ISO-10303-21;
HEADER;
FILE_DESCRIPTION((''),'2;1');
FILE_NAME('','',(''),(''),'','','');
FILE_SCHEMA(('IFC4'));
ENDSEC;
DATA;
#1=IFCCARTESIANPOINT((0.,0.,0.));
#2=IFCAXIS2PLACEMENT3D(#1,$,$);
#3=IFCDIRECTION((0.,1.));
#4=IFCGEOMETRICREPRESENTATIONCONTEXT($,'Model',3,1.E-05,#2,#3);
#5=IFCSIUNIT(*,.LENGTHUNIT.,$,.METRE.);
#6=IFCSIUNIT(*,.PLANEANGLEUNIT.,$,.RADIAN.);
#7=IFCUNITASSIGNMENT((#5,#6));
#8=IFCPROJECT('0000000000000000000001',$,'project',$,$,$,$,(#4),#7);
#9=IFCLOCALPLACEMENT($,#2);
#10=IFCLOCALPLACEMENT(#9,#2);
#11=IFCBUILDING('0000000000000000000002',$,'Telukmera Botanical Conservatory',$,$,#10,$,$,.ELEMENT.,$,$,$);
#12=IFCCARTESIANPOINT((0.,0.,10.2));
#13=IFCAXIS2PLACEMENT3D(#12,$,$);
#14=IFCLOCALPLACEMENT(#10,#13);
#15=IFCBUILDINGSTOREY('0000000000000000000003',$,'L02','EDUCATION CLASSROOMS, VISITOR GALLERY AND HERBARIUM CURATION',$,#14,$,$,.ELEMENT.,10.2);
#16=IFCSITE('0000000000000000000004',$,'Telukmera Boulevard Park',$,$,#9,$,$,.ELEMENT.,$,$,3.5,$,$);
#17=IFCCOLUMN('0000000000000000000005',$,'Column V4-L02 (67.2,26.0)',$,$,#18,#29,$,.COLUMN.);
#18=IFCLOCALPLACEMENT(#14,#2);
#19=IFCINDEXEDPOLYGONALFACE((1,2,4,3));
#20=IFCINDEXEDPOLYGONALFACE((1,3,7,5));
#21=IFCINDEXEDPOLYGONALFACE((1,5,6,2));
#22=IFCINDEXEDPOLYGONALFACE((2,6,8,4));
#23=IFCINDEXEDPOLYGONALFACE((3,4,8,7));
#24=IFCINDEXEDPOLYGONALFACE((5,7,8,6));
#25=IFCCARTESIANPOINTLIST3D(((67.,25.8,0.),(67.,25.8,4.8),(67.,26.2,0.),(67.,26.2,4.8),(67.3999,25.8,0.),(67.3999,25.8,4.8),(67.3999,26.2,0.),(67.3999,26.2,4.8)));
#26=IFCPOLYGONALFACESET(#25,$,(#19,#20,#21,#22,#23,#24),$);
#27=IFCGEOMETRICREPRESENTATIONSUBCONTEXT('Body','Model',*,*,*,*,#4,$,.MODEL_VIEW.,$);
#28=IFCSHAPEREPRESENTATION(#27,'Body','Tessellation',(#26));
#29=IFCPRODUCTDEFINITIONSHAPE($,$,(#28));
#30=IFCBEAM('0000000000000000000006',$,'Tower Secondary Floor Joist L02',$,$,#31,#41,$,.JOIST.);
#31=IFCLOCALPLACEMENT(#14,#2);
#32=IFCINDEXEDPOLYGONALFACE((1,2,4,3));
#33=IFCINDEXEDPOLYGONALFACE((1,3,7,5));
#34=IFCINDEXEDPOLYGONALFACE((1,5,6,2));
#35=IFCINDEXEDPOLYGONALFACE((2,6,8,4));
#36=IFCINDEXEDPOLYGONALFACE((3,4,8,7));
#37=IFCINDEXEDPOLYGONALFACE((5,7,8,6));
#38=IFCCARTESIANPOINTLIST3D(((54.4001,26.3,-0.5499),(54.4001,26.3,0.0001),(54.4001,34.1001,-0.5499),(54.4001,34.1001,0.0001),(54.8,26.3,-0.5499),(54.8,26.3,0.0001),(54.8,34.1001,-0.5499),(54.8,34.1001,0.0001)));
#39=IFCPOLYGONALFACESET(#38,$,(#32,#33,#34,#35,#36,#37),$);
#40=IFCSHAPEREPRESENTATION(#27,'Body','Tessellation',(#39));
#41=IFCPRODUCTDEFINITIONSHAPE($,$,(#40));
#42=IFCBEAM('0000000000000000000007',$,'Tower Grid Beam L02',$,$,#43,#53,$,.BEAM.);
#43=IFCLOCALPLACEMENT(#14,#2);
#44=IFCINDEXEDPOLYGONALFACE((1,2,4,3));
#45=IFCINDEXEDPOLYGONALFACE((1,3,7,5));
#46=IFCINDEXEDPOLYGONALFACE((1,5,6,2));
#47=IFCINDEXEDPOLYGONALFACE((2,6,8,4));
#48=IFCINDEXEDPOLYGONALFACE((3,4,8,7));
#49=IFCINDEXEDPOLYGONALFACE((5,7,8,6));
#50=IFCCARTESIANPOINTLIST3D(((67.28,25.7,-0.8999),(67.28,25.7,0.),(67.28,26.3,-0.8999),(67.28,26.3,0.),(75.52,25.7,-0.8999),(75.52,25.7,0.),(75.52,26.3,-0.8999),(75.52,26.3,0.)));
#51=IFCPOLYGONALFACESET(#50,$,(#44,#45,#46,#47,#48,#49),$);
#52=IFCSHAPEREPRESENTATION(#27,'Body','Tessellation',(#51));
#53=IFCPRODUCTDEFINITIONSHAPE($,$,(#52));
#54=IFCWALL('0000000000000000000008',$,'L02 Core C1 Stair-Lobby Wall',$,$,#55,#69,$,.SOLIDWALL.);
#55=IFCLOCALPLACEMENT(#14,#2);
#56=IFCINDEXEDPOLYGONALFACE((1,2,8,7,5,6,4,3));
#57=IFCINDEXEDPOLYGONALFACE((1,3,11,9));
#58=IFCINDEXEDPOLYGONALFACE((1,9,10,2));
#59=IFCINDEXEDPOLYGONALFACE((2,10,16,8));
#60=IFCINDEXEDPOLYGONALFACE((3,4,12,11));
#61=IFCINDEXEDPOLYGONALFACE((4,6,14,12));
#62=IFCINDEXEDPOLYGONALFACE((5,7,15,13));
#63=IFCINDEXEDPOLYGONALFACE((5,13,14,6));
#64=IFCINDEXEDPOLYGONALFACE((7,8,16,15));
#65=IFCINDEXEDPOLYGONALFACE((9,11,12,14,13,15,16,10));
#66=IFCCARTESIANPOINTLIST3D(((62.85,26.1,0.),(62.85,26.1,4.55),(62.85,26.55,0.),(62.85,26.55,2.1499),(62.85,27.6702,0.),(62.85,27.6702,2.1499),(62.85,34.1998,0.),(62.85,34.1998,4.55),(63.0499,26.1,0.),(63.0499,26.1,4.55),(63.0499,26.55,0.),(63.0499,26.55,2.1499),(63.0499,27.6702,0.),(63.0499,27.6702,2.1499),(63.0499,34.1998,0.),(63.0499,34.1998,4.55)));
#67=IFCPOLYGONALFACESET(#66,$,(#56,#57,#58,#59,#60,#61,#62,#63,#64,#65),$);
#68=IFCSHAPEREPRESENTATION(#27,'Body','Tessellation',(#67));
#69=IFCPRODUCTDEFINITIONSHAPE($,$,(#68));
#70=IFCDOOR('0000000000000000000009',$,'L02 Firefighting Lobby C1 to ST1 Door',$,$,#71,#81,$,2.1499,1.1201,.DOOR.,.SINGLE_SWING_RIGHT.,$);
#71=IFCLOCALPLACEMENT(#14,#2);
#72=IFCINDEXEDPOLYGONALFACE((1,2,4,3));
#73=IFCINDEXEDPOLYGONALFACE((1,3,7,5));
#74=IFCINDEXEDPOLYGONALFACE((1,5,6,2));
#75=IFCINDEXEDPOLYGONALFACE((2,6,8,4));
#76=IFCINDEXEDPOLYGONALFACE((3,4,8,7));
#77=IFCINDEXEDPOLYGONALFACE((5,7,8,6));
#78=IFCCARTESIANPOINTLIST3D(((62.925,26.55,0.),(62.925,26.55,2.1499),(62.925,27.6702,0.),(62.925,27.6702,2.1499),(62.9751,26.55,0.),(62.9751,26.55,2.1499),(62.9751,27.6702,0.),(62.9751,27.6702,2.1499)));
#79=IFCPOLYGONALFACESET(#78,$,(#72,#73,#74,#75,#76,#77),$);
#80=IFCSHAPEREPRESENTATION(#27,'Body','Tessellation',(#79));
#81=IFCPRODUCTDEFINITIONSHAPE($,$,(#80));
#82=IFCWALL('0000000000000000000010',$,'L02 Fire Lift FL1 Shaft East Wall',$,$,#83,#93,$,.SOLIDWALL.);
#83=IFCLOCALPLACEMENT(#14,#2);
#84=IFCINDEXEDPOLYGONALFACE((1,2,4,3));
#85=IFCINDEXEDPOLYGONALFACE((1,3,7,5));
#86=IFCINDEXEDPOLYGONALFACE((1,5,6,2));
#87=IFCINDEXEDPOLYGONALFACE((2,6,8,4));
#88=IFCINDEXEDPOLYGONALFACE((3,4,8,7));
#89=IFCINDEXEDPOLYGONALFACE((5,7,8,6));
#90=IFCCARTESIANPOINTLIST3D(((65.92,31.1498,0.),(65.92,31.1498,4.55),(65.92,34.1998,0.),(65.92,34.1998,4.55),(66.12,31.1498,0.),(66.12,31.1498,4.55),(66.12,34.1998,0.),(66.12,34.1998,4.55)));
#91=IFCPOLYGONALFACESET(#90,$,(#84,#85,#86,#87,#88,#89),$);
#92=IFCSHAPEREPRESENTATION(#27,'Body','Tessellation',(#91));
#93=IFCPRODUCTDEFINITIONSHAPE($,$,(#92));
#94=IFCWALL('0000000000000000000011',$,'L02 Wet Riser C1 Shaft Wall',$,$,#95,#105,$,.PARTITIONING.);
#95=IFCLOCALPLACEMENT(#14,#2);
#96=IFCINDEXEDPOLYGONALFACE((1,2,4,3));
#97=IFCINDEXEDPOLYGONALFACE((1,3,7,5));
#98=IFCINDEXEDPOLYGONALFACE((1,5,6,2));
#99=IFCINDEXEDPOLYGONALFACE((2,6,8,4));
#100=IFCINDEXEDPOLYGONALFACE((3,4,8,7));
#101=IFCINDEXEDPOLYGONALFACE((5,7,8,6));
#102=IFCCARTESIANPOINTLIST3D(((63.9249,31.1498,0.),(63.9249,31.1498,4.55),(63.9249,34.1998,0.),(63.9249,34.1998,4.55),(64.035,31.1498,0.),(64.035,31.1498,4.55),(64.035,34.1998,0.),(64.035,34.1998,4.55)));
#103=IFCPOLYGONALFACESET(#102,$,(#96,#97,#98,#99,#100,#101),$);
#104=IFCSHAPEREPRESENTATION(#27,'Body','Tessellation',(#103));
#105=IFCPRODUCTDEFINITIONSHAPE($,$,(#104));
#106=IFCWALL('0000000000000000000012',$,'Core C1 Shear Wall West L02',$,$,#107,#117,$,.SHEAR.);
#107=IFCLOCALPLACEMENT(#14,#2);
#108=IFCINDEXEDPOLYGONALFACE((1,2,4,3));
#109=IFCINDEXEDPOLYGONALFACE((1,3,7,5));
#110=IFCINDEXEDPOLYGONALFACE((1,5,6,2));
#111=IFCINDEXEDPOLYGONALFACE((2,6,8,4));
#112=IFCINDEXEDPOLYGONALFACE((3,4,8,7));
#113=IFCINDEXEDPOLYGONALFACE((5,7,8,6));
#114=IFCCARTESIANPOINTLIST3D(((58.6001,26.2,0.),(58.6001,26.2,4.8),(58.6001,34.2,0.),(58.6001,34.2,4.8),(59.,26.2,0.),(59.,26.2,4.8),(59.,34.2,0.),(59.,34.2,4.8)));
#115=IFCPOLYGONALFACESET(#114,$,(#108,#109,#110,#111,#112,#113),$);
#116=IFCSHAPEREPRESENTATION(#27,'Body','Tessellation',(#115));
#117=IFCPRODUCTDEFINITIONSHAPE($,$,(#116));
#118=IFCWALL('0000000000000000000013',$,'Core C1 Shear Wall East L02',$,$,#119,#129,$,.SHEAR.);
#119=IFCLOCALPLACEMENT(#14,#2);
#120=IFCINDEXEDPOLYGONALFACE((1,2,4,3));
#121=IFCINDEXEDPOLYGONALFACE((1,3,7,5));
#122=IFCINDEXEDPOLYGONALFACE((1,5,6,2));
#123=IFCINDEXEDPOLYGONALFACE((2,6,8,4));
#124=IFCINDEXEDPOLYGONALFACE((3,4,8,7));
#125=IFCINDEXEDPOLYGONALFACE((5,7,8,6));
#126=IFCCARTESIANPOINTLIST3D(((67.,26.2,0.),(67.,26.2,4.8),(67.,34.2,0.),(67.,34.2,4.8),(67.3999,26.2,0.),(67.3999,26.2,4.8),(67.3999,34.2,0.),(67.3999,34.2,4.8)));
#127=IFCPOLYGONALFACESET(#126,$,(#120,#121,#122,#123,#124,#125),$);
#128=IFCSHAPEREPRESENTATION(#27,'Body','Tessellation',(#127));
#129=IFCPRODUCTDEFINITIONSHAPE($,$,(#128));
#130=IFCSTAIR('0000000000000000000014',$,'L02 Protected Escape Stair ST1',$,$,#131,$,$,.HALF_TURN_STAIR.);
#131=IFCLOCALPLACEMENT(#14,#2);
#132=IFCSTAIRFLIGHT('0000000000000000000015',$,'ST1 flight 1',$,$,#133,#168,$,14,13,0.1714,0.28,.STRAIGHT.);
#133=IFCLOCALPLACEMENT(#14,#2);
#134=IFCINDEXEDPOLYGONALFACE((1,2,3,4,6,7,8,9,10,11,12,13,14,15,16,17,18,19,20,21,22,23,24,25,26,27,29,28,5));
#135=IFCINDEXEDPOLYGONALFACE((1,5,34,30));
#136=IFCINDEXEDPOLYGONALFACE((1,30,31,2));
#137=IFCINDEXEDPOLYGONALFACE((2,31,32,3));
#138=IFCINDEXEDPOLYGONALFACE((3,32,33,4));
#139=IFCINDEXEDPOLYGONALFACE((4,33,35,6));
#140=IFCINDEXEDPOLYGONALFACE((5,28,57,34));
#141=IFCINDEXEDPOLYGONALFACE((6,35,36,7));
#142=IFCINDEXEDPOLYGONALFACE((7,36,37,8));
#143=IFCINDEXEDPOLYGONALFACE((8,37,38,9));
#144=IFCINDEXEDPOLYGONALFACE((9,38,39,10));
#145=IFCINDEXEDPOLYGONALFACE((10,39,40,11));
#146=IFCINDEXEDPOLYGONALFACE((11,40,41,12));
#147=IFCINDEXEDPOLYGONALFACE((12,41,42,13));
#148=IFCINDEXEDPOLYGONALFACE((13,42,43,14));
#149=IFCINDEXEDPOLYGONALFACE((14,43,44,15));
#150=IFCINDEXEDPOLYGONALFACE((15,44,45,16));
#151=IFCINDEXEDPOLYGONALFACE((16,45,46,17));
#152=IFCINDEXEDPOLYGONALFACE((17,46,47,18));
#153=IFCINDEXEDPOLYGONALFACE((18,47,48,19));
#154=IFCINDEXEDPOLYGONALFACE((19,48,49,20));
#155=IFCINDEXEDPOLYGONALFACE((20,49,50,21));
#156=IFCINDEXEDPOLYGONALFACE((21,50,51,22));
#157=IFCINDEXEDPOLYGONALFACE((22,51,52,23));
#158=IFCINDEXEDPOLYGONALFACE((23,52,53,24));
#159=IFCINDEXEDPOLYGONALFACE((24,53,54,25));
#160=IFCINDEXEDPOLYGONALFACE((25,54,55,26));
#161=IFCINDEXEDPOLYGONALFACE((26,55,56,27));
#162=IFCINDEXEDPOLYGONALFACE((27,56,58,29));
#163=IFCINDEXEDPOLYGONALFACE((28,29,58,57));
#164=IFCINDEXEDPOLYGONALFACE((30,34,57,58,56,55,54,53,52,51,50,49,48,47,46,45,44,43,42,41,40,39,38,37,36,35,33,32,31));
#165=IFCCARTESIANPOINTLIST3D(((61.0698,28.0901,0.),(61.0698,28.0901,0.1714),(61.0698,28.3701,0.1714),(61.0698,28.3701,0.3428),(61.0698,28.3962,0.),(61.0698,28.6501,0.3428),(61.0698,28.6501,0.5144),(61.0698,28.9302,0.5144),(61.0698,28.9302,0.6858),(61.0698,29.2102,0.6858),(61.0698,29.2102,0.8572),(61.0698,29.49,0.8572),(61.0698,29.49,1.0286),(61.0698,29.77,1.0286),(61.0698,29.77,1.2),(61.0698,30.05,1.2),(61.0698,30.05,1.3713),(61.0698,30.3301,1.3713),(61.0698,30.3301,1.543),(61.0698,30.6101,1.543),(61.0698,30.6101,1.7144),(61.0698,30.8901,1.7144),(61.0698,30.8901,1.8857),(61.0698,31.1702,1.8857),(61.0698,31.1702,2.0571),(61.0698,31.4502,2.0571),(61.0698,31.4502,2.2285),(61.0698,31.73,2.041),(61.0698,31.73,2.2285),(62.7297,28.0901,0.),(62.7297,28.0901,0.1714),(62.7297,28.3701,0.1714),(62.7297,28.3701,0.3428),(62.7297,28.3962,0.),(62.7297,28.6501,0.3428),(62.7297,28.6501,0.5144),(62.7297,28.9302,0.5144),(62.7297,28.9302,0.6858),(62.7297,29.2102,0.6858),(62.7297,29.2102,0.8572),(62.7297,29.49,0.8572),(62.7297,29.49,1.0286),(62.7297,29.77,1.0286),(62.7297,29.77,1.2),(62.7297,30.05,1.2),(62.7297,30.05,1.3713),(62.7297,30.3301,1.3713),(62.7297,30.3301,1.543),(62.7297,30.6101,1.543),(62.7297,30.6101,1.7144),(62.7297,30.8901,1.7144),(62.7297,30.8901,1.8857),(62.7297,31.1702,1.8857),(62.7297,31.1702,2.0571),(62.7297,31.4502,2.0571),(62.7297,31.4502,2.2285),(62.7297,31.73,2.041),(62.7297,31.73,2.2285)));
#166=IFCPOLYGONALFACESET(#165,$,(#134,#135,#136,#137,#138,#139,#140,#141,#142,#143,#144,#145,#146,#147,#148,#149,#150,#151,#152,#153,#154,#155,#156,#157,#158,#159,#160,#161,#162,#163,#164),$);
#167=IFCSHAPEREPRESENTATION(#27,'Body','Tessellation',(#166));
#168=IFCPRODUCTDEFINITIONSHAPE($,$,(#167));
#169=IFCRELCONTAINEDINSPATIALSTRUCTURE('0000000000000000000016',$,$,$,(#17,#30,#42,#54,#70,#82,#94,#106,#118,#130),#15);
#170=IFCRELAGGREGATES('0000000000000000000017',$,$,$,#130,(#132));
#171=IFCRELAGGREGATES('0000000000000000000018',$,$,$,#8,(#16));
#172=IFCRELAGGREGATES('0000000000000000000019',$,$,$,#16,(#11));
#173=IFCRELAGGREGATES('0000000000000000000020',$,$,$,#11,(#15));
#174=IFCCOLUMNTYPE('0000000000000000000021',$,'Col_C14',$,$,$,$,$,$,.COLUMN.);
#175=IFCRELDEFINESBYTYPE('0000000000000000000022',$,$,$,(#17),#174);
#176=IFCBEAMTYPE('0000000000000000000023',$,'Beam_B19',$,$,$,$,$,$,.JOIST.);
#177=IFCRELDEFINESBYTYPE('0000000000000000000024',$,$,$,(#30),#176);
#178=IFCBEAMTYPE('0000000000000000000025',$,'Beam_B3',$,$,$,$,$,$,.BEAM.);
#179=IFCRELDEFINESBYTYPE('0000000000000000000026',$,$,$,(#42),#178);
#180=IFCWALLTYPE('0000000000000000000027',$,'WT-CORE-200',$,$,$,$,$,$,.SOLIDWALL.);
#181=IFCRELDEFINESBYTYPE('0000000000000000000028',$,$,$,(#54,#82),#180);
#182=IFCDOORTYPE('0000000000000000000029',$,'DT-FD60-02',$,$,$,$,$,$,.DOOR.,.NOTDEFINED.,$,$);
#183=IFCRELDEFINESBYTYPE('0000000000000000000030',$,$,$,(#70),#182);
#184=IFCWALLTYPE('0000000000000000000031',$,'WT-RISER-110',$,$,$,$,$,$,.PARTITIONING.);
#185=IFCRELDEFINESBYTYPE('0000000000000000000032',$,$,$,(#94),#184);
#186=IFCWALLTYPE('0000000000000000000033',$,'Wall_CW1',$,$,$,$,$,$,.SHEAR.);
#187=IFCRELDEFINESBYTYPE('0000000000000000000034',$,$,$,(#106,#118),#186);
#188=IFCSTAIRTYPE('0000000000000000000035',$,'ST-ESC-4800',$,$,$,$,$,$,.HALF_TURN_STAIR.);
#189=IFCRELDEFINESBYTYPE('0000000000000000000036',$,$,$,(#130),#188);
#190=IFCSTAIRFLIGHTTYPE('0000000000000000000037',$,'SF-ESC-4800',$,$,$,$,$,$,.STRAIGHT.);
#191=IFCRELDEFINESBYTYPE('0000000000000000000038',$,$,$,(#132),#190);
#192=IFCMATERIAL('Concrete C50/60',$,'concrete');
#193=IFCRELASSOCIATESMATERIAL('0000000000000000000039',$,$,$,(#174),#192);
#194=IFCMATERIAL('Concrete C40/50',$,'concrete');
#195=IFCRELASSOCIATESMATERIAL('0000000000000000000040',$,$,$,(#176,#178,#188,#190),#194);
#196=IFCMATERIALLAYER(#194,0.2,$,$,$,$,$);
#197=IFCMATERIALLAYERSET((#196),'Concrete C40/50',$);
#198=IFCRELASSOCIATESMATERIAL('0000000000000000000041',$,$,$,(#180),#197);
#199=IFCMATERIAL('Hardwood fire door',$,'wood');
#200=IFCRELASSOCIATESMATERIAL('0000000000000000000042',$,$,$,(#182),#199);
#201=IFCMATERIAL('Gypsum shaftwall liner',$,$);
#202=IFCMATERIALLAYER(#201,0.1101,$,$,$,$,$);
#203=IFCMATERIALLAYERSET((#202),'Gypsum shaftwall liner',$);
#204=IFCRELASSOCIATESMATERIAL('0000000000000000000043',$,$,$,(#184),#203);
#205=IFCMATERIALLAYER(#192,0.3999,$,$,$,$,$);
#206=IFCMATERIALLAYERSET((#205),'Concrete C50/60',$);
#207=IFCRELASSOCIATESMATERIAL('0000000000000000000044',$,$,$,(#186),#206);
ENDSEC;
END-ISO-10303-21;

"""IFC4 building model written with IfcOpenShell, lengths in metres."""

from ifc_helpers import new_model, si_unit, direction, frame, frame_2d, origin, origin_2d, place, context, subcontext, project, spatial, polyline, rectangle, outline, extrude, material, layer, layer_set, material_profile, profile_set, type_object, element, fill, aggregate, save


model = new_model("IFC4")

# Units and contexts
model_context = context("Model", 3, precision=1e-05, world=origin(), true_north=direction((0.0, 1.0)))
body_context = subcontext(model_context, "Body", "Model", "MODEL_VIEW")
ifc_project = project(units=[si_unit("LENGTHUNIT", "METRE"), si_unit("PLANEANGLEUNIT", "RADIAN")], contexts=[model_context])

# Site, building, storey
site_placement = place(None, origin())
site = spatial("IfcSite", under=ifc_project, at=site_placement, Name="Telukmera Boulevard Park", CompositionType="ELEMENT", RefElevation=3.5)
building_placement = place(site_placement, origin())
building = spatial("IfcBuilding", under=site, at=building_placement, Name="Telukmera Botanical Conservatory", CompositionType="ELEMENT")
storey_placement = place(building_placement, frame((0.0, 0.0, 10.2)))
storey = spatial("IfcBuildingStorey", under=building, at=storey_placement, Name="L02", Description="EDUCATION CLASSROOMS, VISITOR GALLERY AND HERBARIUM CURATION", CompositionType="ELEMENT", Elevation=10.2)

# Column
ifc_material_1 = material(Name="Concrete C50/60", Category="concrete")
ifc_material_profile_1 = material_profile(ifc_material_1, rectangle(XDim=0.3999, YDim=0.3999, at=origin_2d()), Name="RC 400x400")
ifc_profile_set_1 = profile_set([ifc_material_profile_1], Name="Concrete C50/60")
column_type = type_object("IfcColumnType", Name="Col_C14", PredefinedType="COLUMN", material=ifc_profile_set_1)
column_placement = place(storey_placement, frame((67.2, 26.0, 0.0), z_axis=(0.0, 0.0, 1.0), x_axis=(1.0, 0.0, 0.0)))
element("IfcColumn", 1, at=column_placement, inside=storey, type_object=column_type, Name="Column V4-L02 (67.2,26.0)", PredefinedType="COLUMN", context=body_context, shape_type="SweptSolid", body=[
    extrude(rectangle(XDim=0.3999, YDim=0.3999, at=origin_2d()), origin(), (0.0, 0.0, 1.0), 4.8),
])

# Beams
ifc_material_2 = material(Name="Concrete C40/50", Category="concrete")
ifc_material_profile_2 = material_profile(ifc_material_2, rectangle(XDim=0.3999, YDim=0.55, at=origin_2d()), Name="RC 400x550")
ifc_profile_set_2 = profile_set([ifc_material_profile_2], Name="Concrete C40/50")
beam_type_1 = type_object("IfcBeamType", Name="Beam_B19", PredefinedType="JOIST", material=ifc_profile_set_2)
beam_1_placement = place(storey_placement, frame((54.6001, 26.3, -0.2749), z_axis=(0.0, 1.0, 0.0), x_axis=(-1.0, 0.0, 0.0)))
element("IfcBeam", 2, at=beam_1_placement, inside=storey, type_object=beam_type_1, Name="Tower Secondary Floor Joist L02", PredefinedType="JOIST", context=body_context, shape_type="SweptSolid", body=[
    extrude(rectangle(XDim=0.3999, YDim=0.55, at=origin_2d()), origin(), (0.0, 0.0, 1.0), 7.8),
])
ifc_material_profile_3 = material_profile(ifc_material_2, rectangle(XDim=0.6001, YDim=0.8999, at=origin_2d()), Name="RC 600x900")
ifc_profile_set_3 = profile_set([ifc_material_profile_3], Name="Concrete C40/50")
beam_type_2 = type_object("IfcBeamType", Name="Beam_B3", PredefinedType="BEAM", material=ifc_profile_set_3)
beam_2_placement = place(storey_placement, frame((67.28, 26.0, -0.45), z_axis=(1.0, 0.0, 0.0), x_axis=(0.0, 1.0, 0.0)))
element("IfcBeam", 3, at=beam_2_placement, inside=storey, type_object=beam_type_2, Name="Tower Grid Beam L02", PredefinedType="BEAM", context=body_context, shape_type="SweptSolid", body=[
    extrude(rectangle(XDim=0.6001, YDim=0.8999, at=origin_2d()), origin(), (0.0, 0.0, 1.0), 8.24),
])

# Shared definitions
ifc_layer_1 = layer(ifc_material_2, 0.2)
ifc_layer_set_1 = layer_set([ifc_layer_1], Name="Concrete C40/50")
wall_type_1 = type_object("IfcWallType", Name="WT-CORE-200", PredefinedType="SOLIDWALL", material=ifc_layer_set_1)
ifc_material_3 = material(Name="Hardwood fire door", Category="wood")

# Wall, opening, door
wall_1_placement = place(storey_placement, frame((62.95, 26.1001, 0.0), z_axis=(0.0, 0.0, 1.0), x_axis=(0.0, 1.0, 0.0)))
wall_1 = element("IfcWall", 4, at=wall_1_placement, inside=storey, type_object=wall_type_1, Name="L02 Core C1 Stair-Lobby Wall", PredefinedType="SOLIDWALL", context=body_context, shape_type="SweptSolid", body=[
    extrude(rectangle(XDim=8.0999, YDim=0.2, at=frame_2d((4.0498, 0.0))), origin(), (0.0, 0.0, 1.0), 4.55),
])
opening_1_placement = place(wall_1_placement, frame((0.45, 0.0, 0.0)))
opening_1 = element("IfcOpeningElement", 5, at=opening_1_placement, cuts=wall_1, PredefinedType="OPENING", context=body_context, shape_type="SweptSolid", body=[
    extrude(rectangle(XDim=1.1201, YDim=2.1499, at=frame_2d((0.5601, 1.075))), frame((0.0, 0.1099, 0.0), z_axis=(0.0, -1.0, 0.0), x_axis=(1.0, 0.0, 0.0)), (0.0, 0.0, 1.0), 0.22),
])
door_type_1 = type_object("IfcDoorType", Name="DT-FD60-02", OperationType="NOTDEFINED", PredefinedType="DOOR", material=ifc_material_3)
door_1_placement = place(opening_1_placement, origin())
door_1 = element("IfcDoor", 6, at=door_1_placement, inside=storey, type_object=door_type_1, Name="L02 Firefighting Lobby C1 to ST1 Door", OperationType="SINGLE_SWING_RIGHT", OverallHeight=2.1499, OverallWidth=1.1201, PredefinedType="DOOR", context=body_context, shape_type="SweptSolid", body=[
    extrude(rectangle(XDim=1.1201, YDim=2.1499, at=frame_2d((0.5601, 1.075))), frame((0.0, 0.0249, 0.0), z_axis=(0.0, -1.0, 0.0), x_axis=(1.0, 0.0, 0.0)), (0.0, 0.0, 1.0), 0.05),
])
fill(opening_1, door_1)

# Walls
wall_2_placement = place(storey_placement, frame((66.02, 31.1499, 0.0), z_axis=(0.0, 0.0, 1.0), x_axis=(0.0, 1.0, 0.0)))
element("IfcWall", 7, at=wall_2_placement, inside=storey, type_object=wall_type_1, Name="L02 Fire Lift FL1 Shaft East Wall", PredefinedType="SOLIDWALL", context=body_context, shape_type="SweptSolid", body=[
    extrude(rectangle(XDim=3.05, YDim=0.2, at=frame_2d((1.5249, 0.0))), origin(), (0.0, 0.0, 1.0), 4.55),
])
ifc_material_4 = material(Name="Gypsum shaftwall liner")
ifc_layer_2 = layer(ifc_material_4, 0.1101)
ifc_layer_set_2 = layer_set([ifc_layer_2], Name="Gypsum shaftwall liner")
wall_type_2 = type_object("IfcWallType", Name="WT-RISER-110", PredefinedType="PARTITIONING", material=ifc_layer_set_2)
wall_3_placement = place(storey_placement, frame((63.98, 31.1499, 0.0), z_axis=(0.0, 0.0, 1.0), x_axis=(0.0, 1.0, 0.0)))
element("IfcWall", 8, at=wall_3_placement, inside=storey, type_object=wall_type_2, Name="L02 Wet Riser C1 Shaft Wall", PredefinedType="PARTITIONING", context=body_context, shape_type="SweptSolid", body=[
    extrude(rectangle(XDim=3.05, YDim=0.1101, at=frame_2d((1.5249, 0.0))), origin(), (0.0, 0.0, 1.0), 4.55),
])
ifc_layer_3 = layer(ifc_material_1, 0.3999)
ifc_layer_set_3 = layer_set([ifc_layer_3], Name="Concrete C50/60")
wall_type_3 = type_object("IfcWallType", Name="Wall_CW1", PredefinedType="SHEAR", material=ifc_layer_set_3)
for number, where, z_axis, x_axis, name in (
    (9, (58.8, 26.2, 0.0), (0.0, 0.0, 1.0), (0.0, 1.0, 0.0), "Core C1 Shear Wall West L02"),
    (10, (67.2, 26.2, 0.0), (0.0, 0.0, 1.0), (0.0, 1.0, 0.0), "Core C1 Shear Wall East L02"),
):
    element("IfcWall", number, at=place(storey_placement, frame(where, z_axis=z_axis, x_axis=x_axis)), inside=storey, type_object=wall_type_3, Name=name, PredefinedType="SHEAR", context=body_context, shape_type="SweptSolid", body=[
        extrude(rectangle(XDim=8.0, YDim=0.3999, at=frame_2d((4.0, 0.0))), origin(), (0.0, 0.0, 1.0), 4.8),
    ])

# Stair, stair flight
stair_type = type_object("IfcStairType", Name="ST-ESC-4800", PredefinedType="HALF_TURN_STAIR", material=ifc_material_2)
stair_placement = place(storey_placement, origin())
stair = element("IfcStair", 11, at=stair_placement, inside=storey, type_object=stair_type, Name="L02 Protected Escape Stair ST1", PredefinedType="HALF_TURN_STAIR")
stair_flight_type = type_object("IfcStairFlightType", Name="SF-ESC-4800", PredefinedType="STRAIGHT", material=ifc_material_2)
stair_flight_placement = place(storey_placement, frame((61.8999, 28.0901, 0.0), z_axis=(0.0, 0.0, 1.0), x_axis=(0.0, 1.0, 0.0)))
stair_flight = element("IfcStairFlight", 12, at=stair_flight_placement, type_object=stair_flight_type, Name="ST1 flight 1", NumberOfRisers=14, NumberOfTreads=13, PredefinedType="STRAIGHT", RiserHeight=0.1714, TreadLength=0.28, context=body_context, shape_type="SweptSolid", body=[
    extrude(outline(polyline([(0.0, 0.0), (0.0, 0.1714), (0.28, 0.1714), (0.28, 0.3428), (0.5601, 0.3428), (0.5601, 0.5144), (0.8401, 0.5144), (0.8401, 0.6858), (1.1201, 0.6858), (1.1201, 0.8572), (1.3999, 0.8572), (1.3999, 1.0286), (1.6799, 1.0286), (1.6799, 1.2), (1.96, 1.2), (1.96, 1.3713), (2.24, 1.3713), (2.24, 1.543), (2.52, 1.543), (2.52, 1.7144), (2.8, 1.7144), (2.8, 1.8857), (3.0801, 1.8857), (3.0801, 2.0571), (3.3601, 2.0571), (3.3601, 2.2285), (3.6399, 2.2285), (3.6399, 2.3999), (3.6399, 2.041), (0.3062, 0.0), (0.0, 0.0)])), frame((0.0, 0.8301, 0.0), z_axis=(0.0, -1.0, 0.0), x_axis=(1.0, 0.0, 0.0)), (0.0, 0.0, 1.0), 1.6599),
])
aggregate(stair, [stair_flight])

save(model, "model.ifc")
